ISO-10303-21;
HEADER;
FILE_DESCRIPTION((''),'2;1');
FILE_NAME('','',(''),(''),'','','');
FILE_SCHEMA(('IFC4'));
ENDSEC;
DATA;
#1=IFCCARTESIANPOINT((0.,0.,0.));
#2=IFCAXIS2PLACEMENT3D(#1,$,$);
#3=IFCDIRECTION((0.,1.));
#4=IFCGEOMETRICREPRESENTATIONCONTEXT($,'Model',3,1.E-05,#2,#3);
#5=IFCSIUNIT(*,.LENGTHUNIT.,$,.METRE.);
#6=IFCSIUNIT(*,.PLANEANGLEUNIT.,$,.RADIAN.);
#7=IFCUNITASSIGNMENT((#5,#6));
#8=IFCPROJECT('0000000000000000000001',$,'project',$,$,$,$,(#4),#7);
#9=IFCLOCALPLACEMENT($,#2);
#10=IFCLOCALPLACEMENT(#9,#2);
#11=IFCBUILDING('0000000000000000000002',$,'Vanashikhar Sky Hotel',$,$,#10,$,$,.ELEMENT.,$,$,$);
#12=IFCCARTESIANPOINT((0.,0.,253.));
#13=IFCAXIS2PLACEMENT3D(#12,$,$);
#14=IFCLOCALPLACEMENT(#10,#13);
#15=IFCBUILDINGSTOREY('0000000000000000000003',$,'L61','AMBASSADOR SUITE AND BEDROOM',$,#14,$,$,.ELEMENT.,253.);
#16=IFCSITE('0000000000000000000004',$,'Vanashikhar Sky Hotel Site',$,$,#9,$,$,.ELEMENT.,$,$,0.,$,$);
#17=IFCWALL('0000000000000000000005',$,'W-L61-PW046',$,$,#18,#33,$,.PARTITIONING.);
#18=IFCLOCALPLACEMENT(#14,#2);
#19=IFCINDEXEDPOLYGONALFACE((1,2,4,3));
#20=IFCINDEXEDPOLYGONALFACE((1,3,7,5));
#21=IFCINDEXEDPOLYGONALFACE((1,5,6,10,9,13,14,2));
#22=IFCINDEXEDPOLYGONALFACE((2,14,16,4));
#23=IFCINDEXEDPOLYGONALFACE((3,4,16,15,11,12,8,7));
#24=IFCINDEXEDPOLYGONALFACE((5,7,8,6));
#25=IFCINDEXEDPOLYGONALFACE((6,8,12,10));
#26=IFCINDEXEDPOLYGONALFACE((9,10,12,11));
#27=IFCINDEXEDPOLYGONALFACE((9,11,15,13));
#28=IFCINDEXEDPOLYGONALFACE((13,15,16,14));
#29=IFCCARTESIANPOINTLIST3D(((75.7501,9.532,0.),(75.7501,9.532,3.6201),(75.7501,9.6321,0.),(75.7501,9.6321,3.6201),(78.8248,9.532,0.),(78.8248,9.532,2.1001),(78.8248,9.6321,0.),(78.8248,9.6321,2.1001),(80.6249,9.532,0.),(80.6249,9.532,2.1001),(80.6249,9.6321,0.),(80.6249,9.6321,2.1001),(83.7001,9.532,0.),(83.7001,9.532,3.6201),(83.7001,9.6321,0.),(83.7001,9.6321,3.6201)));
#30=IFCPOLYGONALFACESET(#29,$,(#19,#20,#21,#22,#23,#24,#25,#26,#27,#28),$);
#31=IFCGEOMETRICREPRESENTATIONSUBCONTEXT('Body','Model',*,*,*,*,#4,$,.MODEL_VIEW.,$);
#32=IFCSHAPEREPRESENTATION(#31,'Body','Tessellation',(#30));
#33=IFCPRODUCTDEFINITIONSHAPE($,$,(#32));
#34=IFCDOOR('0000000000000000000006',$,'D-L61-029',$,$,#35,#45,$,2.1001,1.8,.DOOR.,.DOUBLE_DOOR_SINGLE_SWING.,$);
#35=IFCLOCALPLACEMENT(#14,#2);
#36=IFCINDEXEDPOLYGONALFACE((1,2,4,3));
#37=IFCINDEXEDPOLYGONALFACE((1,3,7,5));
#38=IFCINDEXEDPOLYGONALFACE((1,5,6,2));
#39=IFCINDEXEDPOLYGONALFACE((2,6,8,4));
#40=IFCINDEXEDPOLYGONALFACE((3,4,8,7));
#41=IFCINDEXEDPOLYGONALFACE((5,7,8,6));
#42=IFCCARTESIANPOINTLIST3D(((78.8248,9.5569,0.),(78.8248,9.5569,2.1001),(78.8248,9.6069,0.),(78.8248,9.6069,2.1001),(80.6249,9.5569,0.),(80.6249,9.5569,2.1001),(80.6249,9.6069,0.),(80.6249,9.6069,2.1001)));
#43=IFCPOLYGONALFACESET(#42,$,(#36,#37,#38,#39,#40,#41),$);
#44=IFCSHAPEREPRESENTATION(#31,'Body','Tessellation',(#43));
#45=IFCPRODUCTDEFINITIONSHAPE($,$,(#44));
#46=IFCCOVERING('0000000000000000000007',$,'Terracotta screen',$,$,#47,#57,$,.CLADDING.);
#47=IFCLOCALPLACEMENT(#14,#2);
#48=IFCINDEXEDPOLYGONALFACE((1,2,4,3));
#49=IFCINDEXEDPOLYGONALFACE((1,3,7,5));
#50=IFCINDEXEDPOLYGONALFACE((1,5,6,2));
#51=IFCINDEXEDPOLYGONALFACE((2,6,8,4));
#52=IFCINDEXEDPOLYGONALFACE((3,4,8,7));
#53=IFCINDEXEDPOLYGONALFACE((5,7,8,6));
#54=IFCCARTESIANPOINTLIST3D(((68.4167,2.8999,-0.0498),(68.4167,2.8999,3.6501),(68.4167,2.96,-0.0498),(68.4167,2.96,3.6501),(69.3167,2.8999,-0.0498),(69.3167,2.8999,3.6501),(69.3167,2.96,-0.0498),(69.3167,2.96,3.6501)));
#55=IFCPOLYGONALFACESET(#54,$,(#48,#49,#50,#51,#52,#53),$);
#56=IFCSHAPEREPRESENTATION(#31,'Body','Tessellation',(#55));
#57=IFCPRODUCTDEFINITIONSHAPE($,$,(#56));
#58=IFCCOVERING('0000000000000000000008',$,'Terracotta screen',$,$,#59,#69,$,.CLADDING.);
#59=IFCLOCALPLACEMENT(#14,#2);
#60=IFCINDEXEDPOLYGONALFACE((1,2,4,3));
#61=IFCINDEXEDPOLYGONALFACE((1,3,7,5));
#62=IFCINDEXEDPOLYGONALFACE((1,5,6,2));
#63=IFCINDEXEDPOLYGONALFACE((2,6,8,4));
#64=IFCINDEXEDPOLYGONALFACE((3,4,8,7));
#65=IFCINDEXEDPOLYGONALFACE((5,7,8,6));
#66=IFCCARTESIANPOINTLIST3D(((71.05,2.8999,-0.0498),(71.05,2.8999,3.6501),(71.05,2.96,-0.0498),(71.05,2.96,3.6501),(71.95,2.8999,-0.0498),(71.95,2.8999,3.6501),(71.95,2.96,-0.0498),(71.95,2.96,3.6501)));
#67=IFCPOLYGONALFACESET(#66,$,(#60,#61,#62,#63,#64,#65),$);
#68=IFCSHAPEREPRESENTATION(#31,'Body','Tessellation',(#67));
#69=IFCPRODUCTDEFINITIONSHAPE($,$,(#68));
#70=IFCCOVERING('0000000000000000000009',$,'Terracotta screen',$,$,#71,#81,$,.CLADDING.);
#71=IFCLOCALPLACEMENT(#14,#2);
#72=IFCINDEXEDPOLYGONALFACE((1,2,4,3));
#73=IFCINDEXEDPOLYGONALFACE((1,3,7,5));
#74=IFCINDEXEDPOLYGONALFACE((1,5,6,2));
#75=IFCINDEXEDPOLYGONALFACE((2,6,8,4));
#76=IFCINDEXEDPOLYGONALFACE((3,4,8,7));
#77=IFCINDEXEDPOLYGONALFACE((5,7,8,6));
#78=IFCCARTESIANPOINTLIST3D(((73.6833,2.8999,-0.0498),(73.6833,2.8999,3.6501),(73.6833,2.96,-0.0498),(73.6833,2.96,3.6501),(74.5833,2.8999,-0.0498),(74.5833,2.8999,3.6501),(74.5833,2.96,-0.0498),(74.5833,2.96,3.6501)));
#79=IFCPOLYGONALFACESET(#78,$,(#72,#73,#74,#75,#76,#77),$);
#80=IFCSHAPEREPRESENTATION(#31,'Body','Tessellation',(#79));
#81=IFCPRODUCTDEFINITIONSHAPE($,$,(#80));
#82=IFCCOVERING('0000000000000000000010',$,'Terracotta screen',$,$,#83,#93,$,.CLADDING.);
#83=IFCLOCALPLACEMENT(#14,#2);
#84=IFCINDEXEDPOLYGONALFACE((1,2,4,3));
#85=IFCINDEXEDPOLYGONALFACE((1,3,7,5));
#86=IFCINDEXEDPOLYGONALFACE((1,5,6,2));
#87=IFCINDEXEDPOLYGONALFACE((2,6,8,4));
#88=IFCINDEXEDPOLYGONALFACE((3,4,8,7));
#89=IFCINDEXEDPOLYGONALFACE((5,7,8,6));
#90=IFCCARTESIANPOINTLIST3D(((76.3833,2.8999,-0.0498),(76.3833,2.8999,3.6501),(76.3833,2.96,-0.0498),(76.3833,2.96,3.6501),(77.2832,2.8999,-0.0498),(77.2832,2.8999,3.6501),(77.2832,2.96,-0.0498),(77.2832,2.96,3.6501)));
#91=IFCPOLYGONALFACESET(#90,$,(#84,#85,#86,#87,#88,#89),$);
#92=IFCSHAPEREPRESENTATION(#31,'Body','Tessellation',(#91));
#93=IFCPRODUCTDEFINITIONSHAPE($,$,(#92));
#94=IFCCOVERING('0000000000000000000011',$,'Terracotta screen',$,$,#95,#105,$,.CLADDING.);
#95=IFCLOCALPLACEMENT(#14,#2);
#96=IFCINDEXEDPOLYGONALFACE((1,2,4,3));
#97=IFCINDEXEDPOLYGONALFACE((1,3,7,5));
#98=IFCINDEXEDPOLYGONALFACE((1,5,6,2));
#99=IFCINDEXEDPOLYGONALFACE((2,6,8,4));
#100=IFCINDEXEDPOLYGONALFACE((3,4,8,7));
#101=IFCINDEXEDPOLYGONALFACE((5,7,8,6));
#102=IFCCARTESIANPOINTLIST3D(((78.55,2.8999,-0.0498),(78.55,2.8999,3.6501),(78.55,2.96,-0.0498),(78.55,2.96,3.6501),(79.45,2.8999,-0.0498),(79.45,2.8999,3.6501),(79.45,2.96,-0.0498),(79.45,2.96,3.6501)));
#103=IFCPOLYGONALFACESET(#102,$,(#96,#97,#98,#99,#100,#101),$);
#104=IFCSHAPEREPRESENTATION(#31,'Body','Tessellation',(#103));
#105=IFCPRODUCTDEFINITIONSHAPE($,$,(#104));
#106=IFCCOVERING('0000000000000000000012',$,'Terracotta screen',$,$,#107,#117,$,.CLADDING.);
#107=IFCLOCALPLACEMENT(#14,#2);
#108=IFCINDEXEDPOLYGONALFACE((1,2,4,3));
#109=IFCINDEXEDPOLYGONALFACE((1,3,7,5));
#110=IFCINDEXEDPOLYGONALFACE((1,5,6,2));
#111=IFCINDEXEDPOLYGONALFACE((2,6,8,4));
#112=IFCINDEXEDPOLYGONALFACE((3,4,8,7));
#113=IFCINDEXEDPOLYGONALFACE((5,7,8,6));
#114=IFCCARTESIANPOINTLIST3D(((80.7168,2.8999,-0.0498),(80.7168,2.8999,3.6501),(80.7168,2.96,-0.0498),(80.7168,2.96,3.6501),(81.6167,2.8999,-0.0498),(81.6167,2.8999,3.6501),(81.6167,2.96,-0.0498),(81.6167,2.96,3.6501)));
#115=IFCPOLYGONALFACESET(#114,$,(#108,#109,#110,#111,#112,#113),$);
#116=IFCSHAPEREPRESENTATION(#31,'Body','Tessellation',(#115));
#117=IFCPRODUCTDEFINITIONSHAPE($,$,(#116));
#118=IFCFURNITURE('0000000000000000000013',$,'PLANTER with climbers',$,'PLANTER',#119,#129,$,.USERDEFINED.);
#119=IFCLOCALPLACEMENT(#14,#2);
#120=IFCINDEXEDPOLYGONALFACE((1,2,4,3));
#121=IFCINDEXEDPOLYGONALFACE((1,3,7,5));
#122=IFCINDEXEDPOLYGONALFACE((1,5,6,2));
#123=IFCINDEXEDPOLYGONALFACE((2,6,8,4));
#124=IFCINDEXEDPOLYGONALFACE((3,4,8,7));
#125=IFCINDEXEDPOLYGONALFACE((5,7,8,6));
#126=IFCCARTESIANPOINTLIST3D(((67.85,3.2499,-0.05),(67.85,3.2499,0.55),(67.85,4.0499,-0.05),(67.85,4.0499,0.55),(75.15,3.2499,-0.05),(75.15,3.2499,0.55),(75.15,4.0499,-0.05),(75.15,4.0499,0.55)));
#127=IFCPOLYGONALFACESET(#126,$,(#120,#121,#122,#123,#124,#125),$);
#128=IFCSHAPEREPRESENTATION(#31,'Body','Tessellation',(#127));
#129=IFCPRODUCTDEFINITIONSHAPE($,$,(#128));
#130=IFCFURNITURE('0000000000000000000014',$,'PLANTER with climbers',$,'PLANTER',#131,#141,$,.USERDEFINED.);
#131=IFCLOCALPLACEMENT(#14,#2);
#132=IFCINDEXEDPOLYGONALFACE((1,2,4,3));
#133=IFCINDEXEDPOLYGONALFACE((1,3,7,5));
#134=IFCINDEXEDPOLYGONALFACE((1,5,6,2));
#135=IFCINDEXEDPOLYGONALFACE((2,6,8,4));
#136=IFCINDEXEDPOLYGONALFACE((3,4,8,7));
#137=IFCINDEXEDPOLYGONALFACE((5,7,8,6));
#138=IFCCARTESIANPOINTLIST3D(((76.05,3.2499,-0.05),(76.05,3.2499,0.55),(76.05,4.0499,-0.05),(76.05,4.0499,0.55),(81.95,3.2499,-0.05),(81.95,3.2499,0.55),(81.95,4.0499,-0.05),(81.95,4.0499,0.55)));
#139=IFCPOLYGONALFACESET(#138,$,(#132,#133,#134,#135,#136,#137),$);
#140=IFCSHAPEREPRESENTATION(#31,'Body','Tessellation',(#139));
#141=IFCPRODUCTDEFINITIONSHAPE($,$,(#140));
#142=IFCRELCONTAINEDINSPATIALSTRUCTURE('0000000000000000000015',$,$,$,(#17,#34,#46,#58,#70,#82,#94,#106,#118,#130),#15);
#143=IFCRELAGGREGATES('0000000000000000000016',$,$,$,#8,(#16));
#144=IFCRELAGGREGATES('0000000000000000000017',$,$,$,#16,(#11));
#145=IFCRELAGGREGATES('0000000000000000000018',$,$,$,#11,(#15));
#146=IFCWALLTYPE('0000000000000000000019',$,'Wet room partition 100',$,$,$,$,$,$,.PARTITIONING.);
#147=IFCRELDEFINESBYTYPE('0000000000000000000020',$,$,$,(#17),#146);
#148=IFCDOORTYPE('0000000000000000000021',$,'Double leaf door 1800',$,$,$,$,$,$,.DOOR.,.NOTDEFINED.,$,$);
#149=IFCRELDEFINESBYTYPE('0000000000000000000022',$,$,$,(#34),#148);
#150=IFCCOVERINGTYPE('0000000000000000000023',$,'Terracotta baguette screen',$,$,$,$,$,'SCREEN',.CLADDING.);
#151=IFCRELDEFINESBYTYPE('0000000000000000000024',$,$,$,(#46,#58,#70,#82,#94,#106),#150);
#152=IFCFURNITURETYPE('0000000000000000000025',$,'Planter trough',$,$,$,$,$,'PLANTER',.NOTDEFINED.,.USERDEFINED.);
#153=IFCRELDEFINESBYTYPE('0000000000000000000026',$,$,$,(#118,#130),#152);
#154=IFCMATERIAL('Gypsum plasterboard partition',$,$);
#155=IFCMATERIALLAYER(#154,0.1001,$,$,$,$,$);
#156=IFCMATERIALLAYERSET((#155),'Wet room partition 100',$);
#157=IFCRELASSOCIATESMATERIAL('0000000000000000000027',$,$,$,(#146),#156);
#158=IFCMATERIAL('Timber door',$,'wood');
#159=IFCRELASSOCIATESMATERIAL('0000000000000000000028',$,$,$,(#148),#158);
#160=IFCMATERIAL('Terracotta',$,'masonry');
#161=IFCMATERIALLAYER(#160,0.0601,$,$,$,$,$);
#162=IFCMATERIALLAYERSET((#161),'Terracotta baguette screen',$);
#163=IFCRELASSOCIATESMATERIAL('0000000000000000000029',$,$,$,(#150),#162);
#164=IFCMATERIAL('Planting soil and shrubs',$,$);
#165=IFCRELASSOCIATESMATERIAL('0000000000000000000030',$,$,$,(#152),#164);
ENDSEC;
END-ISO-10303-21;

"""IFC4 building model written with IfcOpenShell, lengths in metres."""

from ifc_helpers import new_model, si_unit, direction, frame, frame_2d, origin, origin_2d, place, context, subcontext, project, spatial, rectangle, extrude, source, transform, mapped, material, layer, layer_set, type_object, element, fill, save


model = new_model("IFC4")

# Units and contexts
model_context = context("Model", 3, precision=1e-05, world=origin(), true_north=direction((0.0, 1.0)))
body_context = subcontext(model_context, "Body", "Model", "MODEL_VIEW")
ifc_project = project(units=[si_unit("LENGTHUNIT", "METRE"), si_unit("PLANEANGLEUNIT", "RADIAN")], contexts=[model_context])

# Site, building, storey
site_placement = place(None, origin())
site = spatial("IfcSite", under=ifc_project, at=site_placement, Name="Vanashikhar Sky Hotel Site", CompositionType="ELEMENT", RefElevation=0.0)
building_placement = place(site_placement, origin())
building = spatial("IfcBuilding", under=site, at=building_placement, Name="Vanashikhar Sky Hotel", CompositionType="ELEMENT")
storey_placement = place(building_placement, frame((0.0, 0.0, 253.0)))
storey = spatial("IfcBuildingStorey", under=building, at=storey_placement, Name="L61", Description="AMBASSADOR SUITE AND BEDROOM", CompositionType="ELEMENT", Elevation=253.0)

# Shared definitions
ifc_material_1 = material(Name="Gypsum plasterboard partition")

# Wall, opening, door
ifc_layer_1 = layer(ifc_material_1, 0.1001)
ifc_layer_set_1 = layer_set([ifc_layer_1], Name="Wet room partition 100")
wall_type_1 = type_object("IfcWallType", Name="Wet room partition 100", PredefinedType="PARTITIONING", material=ifc_layer_set_1)
shared_shape_1 = source(origin(), body_context, "Body", "SweptSolid", [
    extrude(rectangle(XDim=7.95, YDim=0.1001, at=frame_2d((3.9751, 0.0))), origin(), (0.0, 0.0, 1.0), 3.6201),
])
wall_1_placement = place(storey_placement, frame((75.75, 9.582, 0.0), z_axis=(0.0, 0.0, 1.0), x_axis=(1.0, 0.0, 0.0)))
wall_1 = element("IfcWall", 1, at=wall_1_placement, inside=storey, type_object=wall_type_1, Name="W-L61-PW046", PredefinedType="PARTITIONING", context=body_context, shape_type="MappedRepresentation", body=[
    mapped(shared_shape_1, transform((0.0, 0.0, 0.0), scale=1.0)),
])
shared_shape_2 = source(origin(), body_context, "Body", "SweptSolid", [
    extrude(rectangle(XDim=1.8, YDim=2.1001, at=frame_2d((0.8999, 1.05))), frame((0.0, 0.0601, 0.0), z_axis=(0.0, -1.0, 0.0), x_axis=(1.0, 0.0, 0.0)), (0.0, 0.0, 1.0), 0.1201),
])
opening_1_placement = place(wall_1_placement, frame((3.075, 0.0, 0.0)))
opening_1 = element("IfcOpeningElement", 2, at=opening_1_placement, cuts=wall_1, PredefinedType="OPENING", context=body_context, shape_type="MappedRepresentation", body=[
    mapped(shared_shape_2, transform((0.0, 0.0, 0.0), scale=1.0)),
])
ifc_material_2 = material(Name="Timber door", Category="wood")
door_type = type_object("IfcDoorType", Name="Double leaf door 1800", OperationType="NOTDEFINED", PredefinedType="DOOR", material=ifc_material_2)
shared_shape_3 = source(origin(), body_context, "Body", "SweptSolid", [
    extrude(rectangle(XDim=1.8, YDim=2.1001, at=frame_2d((0.8999, 1.05))), frame((0.0, 0.0249, 0.0), z_axis=(0.0, -1.0, 0.0), x_axis=(1.0, 0.0, 0.0)), (0.0, 0.0, 1.0), 0.05),
])
door_placement = place(opening_1_placement, origin())
door = element("IfcDoor", 3, at=door_placement, inside=storey, type_object=door_type, Name="D-L61-029", OperationType="DOUBLE_DOOR_SINGLE_SWING", OverallHeight=2.1001, OverallWidth=1.8, PredefinedType="DOOR", context=body_context, shape_type="MappedRepresentation", body=[
    mapped(shared_shape_3, transform((0.0, 0.0, 0.0), scale=1.0)),
])
fill(opening_1, door)

# Coverings
ifc_material_3 = material(Name="Terracotta", Category="masonry")
ifc_layer_2 = layer(ifc_material_3, 0.0601)
ifc_layer_set_2 = layer_set([ifc_layer_2], Name="Terracotta baguette screen")
covering_type = type_object("IfcCoveringType", Name="Terracotta baguette screen", ElementType="SCREEN", PredefinedType="CLADDING", material=ifc_layer_set_2)
shared_shape_4 = source(origin(), body_context, "Body", "SweptSolid", [
    extrude(rectangle(XDim=0.8999, YDim=0.0601, at=origin_2d()), origin(), (0.0, 0.0, 1.0), 3.7),
])
for number, where, z_axis, x_axis, name in (
    (4, (68.8667, 2.9299, -0.0498), (0.0, 0.0, 1.0), (1.0, 0.0, 0.0), "Terracotta screen"),
    (5, (71.5, 2.9299, -0.0498), (0.0, 0.0, 1.0), (1.0, 0.0, 0.0), "Terracotta screen"),
    (6, (74.1333, 2.9299, -0.0498), (0.0, 0.0, 1.0), (1.0, 0.0, 0.0), "Terracotta screen"),
    (7, (76.8333, 2.9299, -0.0498), (0.0, 0.0, 1.0), (1.0, 0.0, 0.0), "Terracotta screen"),
    (8, (79.0, 2.9299, -0.0498), (0.0, 0.0, 1.0), (1.0, 0.0, 0.0), "Terracotta screen"),
    (9, (81.1667, 2.9299, -0.0498), (0.0, 0.0, 1.0), (1.0, 0.0, 0.0), "Terracotta screen"),
):
    element("IfcCovering", number, at=place(storey_placement, frame(where, z_axis=z_axis, x_axis=x_axis)), inside=storey, type_object=covering_type, Name=name, PredefinedType="CLADDING", context=body_context, shape_type="MappedRepresentation", body=[
        mapped(shared_shape_4, transform((0.0, 0.0, 0.0), scale=1.0)),
    ])

# Furniture
ifc_material_4 = material(Name="Planting soil and shrubs")
furniture_type = type_object("IfcFurnitureType", Name="Planter trough", ElementType="PLANTER", AssemblyPlace="NOTDEFINED", PredefinedType="USERDEFINED", material=ifc_material_4)
shared_shape_5 = source(origin(), body_context, "Body", "SweptSolid", [
    extrude(rectangle(XDim=7.3, YDim=0.8, at=origin_2d()), origin(), (0.0, 0.0, 1.0), 0.6001),
])
furniture_1_placement = place(storey_placement, frame((71.5, 3.6499, -0.05), z_axis=(0.0, 0.0, 1.0), x_axis=(1.0, 0.0, 0.0)))
element("IfcFurniture", 10, at=furniture_1_placement, inside=storey, type_object=furniture_type, Name="PLANTER with climbers", ObjectType="PLANTER", PredefinedType="USERDEFINED", context=body_context, shape_type="MappedRepresentation", body=[
    mapped(shared_shape_5, transform((0.0, 0.0, 0.0), scale=1.0)),
])
shared_shape_6 = source(origin(), body_context, "Body", "SweptSolid", [
    extrude(rectangle(XDim=5.8999, YDim=0.8, at=origin_2d()), origin(), (0.0, 0.0, 1.0), 0.6001),
])
furniture_2_placement = place(storey_placement, frame((79.0, 3.6499, -0.05), z_axis=(0.0, 0.0, 1.0), x_axis=(1.0, 0.0, 0.0)))
element("IfcFurniture", 11, at=furniture_2_placement, inside=storey, type_object=furniture_type, Name="PLANTER with climbers", ObjectType="PLANTER", PredefinedType="USERDEFINED", context=body_context, shape_type="MappedRepresentation", body=[
    mapped(shared_shape_6, transform((0.0, 0.0, 0.0), scale=1.0)),
])

save(model, "model.ifc")
